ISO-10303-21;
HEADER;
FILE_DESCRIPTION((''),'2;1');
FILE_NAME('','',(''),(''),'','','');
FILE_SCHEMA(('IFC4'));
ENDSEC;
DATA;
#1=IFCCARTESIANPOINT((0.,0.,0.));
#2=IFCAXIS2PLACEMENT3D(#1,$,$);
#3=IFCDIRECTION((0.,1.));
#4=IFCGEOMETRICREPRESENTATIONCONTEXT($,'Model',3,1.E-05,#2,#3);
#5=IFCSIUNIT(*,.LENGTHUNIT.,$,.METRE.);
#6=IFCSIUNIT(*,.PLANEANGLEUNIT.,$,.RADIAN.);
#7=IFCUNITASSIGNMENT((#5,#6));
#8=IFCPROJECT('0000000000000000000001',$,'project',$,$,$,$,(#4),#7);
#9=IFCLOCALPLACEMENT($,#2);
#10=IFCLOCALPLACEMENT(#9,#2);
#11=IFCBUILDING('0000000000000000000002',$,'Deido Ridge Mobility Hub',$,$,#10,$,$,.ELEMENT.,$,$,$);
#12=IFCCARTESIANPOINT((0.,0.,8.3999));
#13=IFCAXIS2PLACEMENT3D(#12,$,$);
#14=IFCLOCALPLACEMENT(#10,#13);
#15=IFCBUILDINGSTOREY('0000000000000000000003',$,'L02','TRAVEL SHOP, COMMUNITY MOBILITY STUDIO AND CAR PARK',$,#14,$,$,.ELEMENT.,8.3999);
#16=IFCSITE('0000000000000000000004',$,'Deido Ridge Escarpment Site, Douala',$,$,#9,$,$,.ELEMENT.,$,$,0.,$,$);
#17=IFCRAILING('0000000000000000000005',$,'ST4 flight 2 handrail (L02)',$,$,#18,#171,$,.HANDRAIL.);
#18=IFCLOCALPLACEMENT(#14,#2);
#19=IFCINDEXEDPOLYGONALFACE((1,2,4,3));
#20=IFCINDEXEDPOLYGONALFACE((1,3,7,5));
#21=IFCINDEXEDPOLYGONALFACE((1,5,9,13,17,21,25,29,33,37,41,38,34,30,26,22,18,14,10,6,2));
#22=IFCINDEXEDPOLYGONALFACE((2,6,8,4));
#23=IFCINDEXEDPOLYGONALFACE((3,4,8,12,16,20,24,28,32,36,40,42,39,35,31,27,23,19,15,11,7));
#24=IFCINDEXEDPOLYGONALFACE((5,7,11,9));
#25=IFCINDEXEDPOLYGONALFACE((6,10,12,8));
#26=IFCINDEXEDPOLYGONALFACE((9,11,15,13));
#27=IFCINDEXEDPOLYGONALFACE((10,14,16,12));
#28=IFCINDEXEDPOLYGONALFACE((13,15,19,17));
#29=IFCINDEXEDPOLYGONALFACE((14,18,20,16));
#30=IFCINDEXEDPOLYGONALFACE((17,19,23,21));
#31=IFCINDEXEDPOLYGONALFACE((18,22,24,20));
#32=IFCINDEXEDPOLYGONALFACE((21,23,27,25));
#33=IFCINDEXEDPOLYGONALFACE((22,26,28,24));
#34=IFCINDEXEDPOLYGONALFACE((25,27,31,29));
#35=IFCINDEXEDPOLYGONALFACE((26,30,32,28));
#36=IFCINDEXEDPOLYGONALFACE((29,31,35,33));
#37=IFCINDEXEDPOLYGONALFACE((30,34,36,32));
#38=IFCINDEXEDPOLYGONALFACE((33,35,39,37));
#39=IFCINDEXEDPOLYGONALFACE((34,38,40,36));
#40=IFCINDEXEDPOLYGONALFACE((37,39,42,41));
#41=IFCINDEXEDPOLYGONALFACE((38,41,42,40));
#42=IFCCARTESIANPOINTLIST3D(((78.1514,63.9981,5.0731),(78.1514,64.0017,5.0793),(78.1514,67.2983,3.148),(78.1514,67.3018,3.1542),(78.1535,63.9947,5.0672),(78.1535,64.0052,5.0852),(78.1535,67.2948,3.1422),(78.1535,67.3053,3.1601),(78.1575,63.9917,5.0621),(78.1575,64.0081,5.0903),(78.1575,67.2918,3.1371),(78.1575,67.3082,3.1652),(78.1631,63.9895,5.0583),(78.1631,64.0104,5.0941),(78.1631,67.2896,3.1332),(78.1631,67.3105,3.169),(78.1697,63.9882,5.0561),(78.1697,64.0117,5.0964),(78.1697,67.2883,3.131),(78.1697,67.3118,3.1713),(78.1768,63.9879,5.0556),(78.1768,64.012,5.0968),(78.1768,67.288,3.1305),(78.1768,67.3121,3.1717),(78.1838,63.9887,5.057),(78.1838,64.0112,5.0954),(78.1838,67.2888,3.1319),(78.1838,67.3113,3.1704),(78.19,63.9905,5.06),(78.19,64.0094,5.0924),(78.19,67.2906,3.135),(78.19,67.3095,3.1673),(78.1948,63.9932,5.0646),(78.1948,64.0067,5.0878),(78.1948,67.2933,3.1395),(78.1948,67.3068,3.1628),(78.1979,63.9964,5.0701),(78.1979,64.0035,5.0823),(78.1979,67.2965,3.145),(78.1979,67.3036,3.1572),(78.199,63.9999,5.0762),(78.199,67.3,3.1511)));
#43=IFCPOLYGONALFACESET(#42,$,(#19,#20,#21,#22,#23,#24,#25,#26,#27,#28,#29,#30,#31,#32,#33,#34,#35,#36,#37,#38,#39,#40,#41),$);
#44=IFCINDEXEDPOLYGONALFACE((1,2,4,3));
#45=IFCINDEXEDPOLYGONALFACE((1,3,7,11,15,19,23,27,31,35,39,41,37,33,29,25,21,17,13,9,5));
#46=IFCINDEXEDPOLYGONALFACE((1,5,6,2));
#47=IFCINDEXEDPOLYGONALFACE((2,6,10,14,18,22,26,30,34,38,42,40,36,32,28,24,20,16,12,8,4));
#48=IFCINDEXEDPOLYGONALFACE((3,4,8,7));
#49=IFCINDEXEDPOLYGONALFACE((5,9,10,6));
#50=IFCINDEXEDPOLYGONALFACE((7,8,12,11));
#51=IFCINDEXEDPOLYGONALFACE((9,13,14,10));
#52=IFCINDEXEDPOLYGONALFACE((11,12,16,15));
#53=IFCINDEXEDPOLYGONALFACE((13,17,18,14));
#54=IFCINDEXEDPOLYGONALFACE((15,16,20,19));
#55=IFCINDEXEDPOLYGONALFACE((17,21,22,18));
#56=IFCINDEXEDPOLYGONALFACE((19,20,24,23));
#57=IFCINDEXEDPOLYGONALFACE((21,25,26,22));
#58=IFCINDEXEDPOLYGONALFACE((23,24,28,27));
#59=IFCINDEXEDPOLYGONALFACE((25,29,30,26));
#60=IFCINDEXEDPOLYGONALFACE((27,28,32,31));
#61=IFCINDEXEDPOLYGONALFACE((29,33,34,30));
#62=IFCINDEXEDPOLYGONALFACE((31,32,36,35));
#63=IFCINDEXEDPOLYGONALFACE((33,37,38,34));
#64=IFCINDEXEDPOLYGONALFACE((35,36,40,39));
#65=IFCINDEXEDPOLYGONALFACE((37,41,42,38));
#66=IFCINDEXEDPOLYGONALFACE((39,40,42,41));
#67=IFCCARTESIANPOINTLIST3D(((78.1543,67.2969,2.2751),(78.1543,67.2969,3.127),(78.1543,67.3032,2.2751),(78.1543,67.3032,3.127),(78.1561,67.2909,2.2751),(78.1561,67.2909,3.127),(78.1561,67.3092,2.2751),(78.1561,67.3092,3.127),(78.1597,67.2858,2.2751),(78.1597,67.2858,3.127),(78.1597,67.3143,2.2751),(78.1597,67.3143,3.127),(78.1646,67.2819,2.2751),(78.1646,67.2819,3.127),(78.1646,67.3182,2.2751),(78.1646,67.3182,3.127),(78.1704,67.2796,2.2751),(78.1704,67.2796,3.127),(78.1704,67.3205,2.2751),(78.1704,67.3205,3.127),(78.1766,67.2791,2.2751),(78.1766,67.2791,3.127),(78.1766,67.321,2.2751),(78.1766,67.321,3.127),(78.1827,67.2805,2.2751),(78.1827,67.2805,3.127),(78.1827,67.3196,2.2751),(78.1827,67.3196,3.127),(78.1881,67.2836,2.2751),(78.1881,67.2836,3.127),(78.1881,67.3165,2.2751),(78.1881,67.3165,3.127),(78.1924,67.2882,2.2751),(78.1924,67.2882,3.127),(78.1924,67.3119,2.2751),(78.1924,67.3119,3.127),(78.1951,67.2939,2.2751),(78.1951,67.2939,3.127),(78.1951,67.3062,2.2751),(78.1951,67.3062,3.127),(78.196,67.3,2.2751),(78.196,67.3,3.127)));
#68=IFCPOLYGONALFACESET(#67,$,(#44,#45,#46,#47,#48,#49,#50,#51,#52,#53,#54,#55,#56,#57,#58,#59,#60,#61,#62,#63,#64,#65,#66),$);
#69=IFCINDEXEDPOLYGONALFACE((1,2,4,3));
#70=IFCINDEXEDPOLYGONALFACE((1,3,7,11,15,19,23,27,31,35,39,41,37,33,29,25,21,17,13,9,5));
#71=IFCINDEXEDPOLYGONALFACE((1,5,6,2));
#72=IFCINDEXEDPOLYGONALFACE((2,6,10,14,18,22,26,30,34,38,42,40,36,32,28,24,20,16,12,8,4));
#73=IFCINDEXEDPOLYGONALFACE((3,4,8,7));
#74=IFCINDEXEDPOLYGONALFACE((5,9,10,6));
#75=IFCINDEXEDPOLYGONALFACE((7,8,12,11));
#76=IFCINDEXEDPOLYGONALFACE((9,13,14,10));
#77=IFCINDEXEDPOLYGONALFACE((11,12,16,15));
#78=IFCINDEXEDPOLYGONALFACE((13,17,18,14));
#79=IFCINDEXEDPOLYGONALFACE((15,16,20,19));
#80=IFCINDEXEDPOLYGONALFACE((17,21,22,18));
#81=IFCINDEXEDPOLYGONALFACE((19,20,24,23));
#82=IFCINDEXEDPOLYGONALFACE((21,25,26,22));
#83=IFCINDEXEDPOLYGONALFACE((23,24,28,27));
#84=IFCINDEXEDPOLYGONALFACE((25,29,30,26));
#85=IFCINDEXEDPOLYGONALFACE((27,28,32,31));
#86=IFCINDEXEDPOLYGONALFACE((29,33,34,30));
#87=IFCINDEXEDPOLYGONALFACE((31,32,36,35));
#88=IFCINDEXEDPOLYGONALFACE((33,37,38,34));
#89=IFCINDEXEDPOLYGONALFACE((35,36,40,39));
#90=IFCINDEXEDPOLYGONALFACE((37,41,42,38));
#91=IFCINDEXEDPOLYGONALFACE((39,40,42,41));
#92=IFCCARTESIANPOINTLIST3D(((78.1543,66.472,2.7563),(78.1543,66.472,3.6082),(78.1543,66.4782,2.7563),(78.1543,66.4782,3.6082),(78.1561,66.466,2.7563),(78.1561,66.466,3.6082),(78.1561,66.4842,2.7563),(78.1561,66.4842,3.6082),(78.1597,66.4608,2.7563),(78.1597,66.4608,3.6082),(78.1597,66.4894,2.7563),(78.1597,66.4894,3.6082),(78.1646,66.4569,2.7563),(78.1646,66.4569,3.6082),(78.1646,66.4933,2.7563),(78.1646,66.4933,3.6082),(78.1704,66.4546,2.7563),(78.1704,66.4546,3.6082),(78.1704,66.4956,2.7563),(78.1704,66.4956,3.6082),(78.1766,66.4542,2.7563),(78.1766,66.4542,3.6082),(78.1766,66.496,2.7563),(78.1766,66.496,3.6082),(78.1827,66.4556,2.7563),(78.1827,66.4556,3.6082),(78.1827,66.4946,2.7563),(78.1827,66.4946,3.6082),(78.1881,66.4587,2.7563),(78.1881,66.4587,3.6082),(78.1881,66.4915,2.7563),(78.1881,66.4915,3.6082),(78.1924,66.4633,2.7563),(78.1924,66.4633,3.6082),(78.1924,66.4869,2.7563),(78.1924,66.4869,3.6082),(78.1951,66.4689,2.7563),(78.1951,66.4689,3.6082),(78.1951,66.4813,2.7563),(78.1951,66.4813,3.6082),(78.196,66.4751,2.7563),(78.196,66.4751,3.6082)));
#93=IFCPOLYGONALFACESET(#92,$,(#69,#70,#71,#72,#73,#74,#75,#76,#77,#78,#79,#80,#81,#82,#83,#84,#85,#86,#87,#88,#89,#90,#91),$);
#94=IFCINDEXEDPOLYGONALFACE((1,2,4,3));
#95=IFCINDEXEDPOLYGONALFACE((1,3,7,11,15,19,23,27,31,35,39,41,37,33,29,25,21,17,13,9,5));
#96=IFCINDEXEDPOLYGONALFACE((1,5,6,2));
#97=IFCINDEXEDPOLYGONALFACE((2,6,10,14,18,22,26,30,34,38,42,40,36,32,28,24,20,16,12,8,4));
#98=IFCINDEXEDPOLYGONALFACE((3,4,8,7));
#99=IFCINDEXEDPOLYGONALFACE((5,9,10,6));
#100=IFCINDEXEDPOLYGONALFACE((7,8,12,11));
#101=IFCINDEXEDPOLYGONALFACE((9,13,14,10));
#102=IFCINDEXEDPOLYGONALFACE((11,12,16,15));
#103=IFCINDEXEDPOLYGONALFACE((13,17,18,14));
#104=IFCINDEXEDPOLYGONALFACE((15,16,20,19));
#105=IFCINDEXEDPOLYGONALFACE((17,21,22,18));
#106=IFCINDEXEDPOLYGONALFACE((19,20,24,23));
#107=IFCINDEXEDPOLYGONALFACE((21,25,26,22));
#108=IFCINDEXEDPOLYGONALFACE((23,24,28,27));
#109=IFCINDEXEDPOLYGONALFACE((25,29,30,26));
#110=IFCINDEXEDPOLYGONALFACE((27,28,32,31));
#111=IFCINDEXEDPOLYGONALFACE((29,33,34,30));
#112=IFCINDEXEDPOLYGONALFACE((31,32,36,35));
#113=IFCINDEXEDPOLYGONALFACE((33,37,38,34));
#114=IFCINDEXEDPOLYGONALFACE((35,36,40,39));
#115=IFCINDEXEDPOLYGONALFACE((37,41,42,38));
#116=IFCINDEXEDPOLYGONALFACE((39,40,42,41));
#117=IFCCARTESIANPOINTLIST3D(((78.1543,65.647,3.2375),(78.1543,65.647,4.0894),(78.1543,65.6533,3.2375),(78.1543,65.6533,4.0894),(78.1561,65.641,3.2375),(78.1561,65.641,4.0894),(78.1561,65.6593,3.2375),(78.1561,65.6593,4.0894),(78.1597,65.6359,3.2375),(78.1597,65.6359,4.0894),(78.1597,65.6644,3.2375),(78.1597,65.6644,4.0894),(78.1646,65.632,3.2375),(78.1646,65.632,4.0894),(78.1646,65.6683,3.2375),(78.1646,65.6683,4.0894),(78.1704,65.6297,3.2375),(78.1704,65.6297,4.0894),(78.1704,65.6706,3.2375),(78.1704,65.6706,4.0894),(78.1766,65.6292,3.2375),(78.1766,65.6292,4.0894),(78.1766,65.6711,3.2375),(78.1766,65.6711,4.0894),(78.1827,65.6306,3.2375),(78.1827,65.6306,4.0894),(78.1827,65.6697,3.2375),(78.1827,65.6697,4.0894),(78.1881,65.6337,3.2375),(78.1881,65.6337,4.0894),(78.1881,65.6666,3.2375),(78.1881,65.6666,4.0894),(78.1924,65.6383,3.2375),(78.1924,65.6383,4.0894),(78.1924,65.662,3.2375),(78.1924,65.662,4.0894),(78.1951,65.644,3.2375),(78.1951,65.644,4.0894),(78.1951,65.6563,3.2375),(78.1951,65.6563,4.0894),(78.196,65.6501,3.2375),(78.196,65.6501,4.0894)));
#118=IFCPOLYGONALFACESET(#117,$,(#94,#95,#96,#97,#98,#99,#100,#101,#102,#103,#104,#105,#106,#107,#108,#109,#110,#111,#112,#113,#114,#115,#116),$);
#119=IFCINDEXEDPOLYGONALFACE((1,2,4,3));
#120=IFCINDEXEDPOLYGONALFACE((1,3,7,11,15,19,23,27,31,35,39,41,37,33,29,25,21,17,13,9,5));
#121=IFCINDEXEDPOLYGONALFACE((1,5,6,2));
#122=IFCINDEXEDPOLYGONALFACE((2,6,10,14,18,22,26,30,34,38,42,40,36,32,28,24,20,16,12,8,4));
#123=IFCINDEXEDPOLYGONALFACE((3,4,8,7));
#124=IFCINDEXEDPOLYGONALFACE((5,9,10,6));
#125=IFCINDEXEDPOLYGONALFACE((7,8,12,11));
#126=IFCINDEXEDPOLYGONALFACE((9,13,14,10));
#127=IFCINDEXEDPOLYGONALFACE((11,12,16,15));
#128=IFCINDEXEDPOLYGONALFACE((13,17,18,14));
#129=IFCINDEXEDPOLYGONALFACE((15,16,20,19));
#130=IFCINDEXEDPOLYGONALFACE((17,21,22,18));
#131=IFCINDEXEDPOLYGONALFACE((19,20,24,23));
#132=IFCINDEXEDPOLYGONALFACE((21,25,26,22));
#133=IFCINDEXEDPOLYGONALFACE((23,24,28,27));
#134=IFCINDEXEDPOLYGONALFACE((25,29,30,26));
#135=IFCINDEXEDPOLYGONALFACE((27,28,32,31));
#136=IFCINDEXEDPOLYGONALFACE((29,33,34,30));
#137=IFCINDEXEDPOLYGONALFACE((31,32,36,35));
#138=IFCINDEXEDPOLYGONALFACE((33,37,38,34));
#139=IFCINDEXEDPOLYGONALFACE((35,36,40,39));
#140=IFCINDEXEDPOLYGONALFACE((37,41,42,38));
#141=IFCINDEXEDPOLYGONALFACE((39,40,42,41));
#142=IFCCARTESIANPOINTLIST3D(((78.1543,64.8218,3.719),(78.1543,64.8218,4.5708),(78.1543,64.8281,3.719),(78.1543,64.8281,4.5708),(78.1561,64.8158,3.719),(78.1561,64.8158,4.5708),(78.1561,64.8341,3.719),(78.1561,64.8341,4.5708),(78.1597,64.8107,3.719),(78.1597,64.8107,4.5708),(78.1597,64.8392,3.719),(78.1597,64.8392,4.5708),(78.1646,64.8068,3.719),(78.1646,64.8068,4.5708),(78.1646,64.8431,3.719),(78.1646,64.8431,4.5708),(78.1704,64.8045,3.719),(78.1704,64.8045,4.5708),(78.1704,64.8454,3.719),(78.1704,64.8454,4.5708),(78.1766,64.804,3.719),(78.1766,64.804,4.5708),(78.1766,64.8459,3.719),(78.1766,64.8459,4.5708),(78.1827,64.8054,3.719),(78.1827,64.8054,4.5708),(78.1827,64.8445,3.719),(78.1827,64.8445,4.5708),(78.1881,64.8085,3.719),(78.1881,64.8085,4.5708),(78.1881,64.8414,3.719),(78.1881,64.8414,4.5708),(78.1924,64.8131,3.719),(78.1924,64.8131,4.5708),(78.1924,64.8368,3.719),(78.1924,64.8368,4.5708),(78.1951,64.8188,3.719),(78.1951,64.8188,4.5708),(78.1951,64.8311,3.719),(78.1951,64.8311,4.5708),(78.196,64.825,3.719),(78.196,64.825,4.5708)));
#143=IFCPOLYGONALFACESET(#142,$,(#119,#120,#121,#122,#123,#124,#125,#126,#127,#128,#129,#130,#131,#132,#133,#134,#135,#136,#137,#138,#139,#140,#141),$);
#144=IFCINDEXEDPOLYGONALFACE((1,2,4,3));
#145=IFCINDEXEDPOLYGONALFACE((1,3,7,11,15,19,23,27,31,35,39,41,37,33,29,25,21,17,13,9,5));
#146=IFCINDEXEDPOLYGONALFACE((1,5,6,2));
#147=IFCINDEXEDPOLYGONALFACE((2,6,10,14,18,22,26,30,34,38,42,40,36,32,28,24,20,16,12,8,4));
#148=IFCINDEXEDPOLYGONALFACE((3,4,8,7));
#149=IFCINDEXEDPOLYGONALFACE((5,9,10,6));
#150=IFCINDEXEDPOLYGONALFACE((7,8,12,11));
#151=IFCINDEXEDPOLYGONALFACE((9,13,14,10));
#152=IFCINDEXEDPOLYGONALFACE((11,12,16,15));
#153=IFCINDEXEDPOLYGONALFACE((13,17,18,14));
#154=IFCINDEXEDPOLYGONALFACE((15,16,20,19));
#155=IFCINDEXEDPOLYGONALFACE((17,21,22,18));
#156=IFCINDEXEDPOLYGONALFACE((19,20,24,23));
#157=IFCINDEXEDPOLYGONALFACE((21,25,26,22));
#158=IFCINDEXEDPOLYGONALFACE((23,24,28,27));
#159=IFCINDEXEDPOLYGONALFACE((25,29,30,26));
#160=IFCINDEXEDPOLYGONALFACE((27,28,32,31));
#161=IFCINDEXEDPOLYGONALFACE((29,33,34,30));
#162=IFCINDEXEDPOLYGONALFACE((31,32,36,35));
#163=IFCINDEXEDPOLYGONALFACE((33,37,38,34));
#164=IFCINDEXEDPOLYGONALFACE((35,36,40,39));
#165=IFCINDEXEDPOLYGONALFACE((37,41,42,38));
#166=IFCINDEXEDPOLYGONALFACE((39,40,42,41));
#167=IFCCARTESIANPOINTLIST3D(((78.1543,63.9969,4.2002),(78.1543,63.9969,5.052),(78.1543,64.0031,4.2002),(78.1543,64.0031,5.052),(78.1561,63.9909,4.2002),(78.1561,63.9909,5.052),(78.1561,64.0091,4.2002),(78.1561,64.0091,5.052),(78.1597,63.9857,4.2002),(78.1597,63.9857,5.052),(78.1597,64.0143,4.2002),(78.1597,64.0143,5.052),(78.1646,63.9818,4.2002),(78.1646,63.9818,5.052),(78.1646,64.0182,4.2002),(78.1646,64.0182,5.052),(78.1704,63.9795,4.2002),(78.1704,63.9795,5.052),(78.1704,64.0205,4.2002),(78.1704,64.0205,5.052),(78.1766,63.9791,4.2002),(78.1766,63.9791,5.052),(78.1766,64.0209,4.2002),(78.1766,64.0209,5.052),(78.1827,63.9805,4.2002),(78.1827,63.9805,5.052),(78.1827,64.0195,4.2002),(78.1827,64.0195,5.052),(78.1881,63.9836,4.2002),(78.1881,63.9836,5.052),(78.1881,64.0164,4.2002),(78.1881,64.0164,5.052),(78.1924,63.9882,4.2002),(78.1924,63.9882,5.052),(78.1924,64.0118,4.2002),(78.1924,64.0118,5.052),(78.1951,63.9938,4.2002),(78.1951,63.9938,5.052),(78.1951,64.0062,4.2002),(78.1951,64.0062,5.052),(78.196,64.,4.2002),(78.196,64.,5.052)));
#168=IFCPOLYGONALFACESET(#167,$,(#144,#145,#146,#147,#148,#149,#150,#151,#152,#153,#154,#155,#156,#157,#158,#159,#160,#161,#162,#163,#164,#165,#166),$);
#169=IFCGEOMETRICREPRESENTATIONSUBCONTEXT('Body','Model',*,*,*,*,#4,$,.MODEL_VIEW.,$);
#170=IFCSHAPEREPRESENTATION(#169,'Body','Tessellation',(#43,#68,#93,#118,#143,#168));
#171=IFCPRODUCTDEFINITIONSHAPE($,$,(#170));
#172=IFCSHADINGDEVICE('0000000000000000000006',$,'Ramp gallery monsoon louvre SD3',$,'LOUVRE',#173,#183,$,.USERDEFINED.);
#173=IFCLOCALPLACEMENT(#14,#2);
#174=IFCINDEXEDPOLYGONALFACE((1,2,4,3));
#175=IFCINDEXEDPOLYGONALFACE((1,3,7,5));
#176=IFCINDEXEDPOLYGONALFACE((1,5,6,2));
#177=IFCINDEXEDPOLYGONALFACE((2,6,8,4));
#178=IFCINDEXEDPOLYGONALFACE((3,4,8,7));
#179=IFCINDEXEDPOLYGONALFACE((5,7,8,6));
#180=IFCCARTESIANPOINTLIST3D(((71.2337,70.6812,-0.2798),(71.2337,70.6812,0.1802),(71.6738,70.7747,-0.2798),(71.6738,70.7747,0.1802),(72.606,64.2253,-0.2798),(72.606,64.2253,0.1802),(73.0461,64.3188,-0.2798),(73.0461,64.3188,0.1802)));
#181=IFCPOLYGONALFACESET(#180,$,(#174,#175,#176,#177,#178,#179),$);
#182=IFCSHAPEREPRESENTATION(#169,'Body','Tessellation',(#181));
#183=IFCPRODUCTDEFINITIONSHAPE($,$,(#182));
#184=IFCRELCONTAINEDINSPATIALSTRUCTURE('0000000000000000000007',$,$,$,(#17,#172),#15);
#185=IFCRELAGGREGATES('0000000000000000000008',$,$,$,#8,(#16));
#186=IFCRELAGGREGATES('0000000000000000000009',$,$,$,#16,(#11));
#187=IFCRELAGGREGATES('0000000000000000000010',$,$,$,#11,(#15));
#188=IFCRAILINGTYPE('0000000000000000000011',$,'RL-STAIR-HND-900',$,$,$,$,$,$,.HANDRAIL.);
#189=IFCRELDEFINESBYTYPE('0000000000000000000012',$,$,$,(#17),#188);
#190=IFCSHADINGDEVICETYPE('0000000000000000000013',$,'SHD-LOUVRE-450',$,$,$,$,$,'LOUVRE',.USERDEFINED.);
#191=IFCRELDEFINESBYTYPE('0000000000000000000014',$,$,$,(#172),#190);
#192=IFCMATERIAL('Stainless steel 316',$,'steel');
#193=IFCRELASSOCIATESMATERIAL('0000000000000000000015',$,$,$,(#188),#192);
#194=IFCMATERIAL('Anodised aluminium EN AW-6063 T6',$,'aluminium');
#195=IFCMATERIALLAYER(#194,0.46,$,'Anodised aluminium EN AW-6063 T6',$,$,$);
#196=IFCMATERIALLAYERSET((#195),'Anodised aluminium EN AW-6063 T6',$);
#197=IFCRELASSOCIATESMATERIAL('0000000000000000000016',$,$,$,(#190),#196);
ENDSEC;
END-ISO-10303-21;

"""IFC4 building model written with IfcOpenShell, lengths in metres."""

from ifc_helpers import new_model, si_unit, direction, frame, origin, origin_2d, place, context, subcontext, project, spatial, rectangle, circle, extrude, material, layer, layer_set, type_object, element, save


model = new_model("IFC4")

# Units and contexts
model_context = context("Model", 3, precision=1e-05, world=origin(), true_north=direction((0.0, 1.0)))
body_context = subcontext(model_context, "Body", "Model", "MODEL_VIEW")
ifc_project = project(units=[si_unit("LENGTHUNIT", "METRE"), si_unit("PLANEANGLEUNIT", "RADIAN")], contexts=[model_context])

# Site, building, storey
site_placement = place(None, origin())
site = spatial("IfcSite", under=ifc_project, at=site_placement, Name="Deido Ridge Escarpment Site, Douala", CompositionType="ELEMENT", RefElevation=0.0)
building_placement = place(site_placement, origin())
building = spatial("IfcBuilding", under=site, at=building_placement, Name="Deido Ridge Mobility Hub", CompositionType="ELEMENT")
storey_placement = place(building_placement, frame((0.0, 0.0, 8.3999)))
storey = spatial("IfcBuildingStorey", under=building, at=storey_placement, Name="L02", Description="TRAVEL SHOP, COMMUNITY MOBILITY STUDIO AND CAR PARK", CompositionType="ELEMENT", Elevation=8.3999)

# Shared definitions
ifc_material_1 = material(Name="Anodised aluminium EN AW-6063 T6", Category="aluminium")

# Railing
ifc_material_2 = material(Name="Stainless steel 316", Category="steel")
railing_type_1 = type_object("IfcRailingType", Name="RL-STAIR-HND-900", PredefinedType="HANDRAIL", material=ifc_material_2)
railing_1_placement = place(storey_placement, frame((78.175, 67.3, 2.2751)))
element("IfcRailing", 1, at=railing_1_placement, inside=storey, type_object=railing_type_1, Name="ST4 flight 2 handrail (L02)", PredefinedType="HANDRAIL", context=body_context, shape_type="SweptSolid", body=[
    extrude(circle(Radius=0.0239, at=origin_2d()), frame((0.0, 0.0, 0.876), z_axis=(0.0, -0.863777, 0.503875), x_axis=(1.0, 0.0, 0.0)), (0.0, 0.0, 1.0), 3.8206),
    extrude(circle(Radius=0.021, at=origin_2d()), origin(), (0.0, 0.0, 1.0), 0.8518),
    extrude(circle(Radius=0.021, at=origin_2d()), frame((0.0, -0.825, 0.4812)), (0.0, 0.0, 1.0), 0.8518),
    extrude(circle(Radius=0.021, at=origin_2d()), frame((0.0, -1.6499, 0.9624)), (0.0, 0.0, 1.0), 0.8518),
    extrude(circle(Radius=0.021, at=origin_2d()), frame((0.0, -2.4751, 1.4438)), (0.0, 0.0, 1.0), 0.8518),
    extrude(circle(Radius=0.021, at=origin_2d()), frame((0.0, -3.3, 1.925)), (0.0, 0.0, 1.0), 0.8518),
])

# Shading device
ifc_layer_1 = layer(ifc_material_1, 0.46, Name="Anodised aluminium EN AW-6063 T6")
ifc_layer_set_1 = layer_set([ifc_layer_1], Name="Anodised aluminium EN AW-6063 T6")
shading_device_type = type_object("IfcShadingDeviceType", Name="SHD-LOUVRE-450", ElementType="LOUVRE", PredefinedType="USERDEFINED", material=ifc_layer_set_1)
shading_device_placement = place(storey_placement, frame((72.1399, 67.5, -0.2798), z_axis=(0.0, 0.0, 1.0), x_axis=(-0.207912, 0.978148, 0.0)))
element("IfcShadingDevice", 2, at=shading_device_placement, inside=storey, type_object=shading_device_type, Name="Ramp gallery monsoon louvre SD3", ObjectType="LOUVRE", PredefinedType="USERDEFINED", context=body_context, shape_type="SweptSolid", body=[
    extrude(rectangle(XDim=6.6001, YDim=0.45, at=origin_2d()), origin(), (0.0, 0.0, 1.0), 0.46),
])

save(model, "model.ifc")
